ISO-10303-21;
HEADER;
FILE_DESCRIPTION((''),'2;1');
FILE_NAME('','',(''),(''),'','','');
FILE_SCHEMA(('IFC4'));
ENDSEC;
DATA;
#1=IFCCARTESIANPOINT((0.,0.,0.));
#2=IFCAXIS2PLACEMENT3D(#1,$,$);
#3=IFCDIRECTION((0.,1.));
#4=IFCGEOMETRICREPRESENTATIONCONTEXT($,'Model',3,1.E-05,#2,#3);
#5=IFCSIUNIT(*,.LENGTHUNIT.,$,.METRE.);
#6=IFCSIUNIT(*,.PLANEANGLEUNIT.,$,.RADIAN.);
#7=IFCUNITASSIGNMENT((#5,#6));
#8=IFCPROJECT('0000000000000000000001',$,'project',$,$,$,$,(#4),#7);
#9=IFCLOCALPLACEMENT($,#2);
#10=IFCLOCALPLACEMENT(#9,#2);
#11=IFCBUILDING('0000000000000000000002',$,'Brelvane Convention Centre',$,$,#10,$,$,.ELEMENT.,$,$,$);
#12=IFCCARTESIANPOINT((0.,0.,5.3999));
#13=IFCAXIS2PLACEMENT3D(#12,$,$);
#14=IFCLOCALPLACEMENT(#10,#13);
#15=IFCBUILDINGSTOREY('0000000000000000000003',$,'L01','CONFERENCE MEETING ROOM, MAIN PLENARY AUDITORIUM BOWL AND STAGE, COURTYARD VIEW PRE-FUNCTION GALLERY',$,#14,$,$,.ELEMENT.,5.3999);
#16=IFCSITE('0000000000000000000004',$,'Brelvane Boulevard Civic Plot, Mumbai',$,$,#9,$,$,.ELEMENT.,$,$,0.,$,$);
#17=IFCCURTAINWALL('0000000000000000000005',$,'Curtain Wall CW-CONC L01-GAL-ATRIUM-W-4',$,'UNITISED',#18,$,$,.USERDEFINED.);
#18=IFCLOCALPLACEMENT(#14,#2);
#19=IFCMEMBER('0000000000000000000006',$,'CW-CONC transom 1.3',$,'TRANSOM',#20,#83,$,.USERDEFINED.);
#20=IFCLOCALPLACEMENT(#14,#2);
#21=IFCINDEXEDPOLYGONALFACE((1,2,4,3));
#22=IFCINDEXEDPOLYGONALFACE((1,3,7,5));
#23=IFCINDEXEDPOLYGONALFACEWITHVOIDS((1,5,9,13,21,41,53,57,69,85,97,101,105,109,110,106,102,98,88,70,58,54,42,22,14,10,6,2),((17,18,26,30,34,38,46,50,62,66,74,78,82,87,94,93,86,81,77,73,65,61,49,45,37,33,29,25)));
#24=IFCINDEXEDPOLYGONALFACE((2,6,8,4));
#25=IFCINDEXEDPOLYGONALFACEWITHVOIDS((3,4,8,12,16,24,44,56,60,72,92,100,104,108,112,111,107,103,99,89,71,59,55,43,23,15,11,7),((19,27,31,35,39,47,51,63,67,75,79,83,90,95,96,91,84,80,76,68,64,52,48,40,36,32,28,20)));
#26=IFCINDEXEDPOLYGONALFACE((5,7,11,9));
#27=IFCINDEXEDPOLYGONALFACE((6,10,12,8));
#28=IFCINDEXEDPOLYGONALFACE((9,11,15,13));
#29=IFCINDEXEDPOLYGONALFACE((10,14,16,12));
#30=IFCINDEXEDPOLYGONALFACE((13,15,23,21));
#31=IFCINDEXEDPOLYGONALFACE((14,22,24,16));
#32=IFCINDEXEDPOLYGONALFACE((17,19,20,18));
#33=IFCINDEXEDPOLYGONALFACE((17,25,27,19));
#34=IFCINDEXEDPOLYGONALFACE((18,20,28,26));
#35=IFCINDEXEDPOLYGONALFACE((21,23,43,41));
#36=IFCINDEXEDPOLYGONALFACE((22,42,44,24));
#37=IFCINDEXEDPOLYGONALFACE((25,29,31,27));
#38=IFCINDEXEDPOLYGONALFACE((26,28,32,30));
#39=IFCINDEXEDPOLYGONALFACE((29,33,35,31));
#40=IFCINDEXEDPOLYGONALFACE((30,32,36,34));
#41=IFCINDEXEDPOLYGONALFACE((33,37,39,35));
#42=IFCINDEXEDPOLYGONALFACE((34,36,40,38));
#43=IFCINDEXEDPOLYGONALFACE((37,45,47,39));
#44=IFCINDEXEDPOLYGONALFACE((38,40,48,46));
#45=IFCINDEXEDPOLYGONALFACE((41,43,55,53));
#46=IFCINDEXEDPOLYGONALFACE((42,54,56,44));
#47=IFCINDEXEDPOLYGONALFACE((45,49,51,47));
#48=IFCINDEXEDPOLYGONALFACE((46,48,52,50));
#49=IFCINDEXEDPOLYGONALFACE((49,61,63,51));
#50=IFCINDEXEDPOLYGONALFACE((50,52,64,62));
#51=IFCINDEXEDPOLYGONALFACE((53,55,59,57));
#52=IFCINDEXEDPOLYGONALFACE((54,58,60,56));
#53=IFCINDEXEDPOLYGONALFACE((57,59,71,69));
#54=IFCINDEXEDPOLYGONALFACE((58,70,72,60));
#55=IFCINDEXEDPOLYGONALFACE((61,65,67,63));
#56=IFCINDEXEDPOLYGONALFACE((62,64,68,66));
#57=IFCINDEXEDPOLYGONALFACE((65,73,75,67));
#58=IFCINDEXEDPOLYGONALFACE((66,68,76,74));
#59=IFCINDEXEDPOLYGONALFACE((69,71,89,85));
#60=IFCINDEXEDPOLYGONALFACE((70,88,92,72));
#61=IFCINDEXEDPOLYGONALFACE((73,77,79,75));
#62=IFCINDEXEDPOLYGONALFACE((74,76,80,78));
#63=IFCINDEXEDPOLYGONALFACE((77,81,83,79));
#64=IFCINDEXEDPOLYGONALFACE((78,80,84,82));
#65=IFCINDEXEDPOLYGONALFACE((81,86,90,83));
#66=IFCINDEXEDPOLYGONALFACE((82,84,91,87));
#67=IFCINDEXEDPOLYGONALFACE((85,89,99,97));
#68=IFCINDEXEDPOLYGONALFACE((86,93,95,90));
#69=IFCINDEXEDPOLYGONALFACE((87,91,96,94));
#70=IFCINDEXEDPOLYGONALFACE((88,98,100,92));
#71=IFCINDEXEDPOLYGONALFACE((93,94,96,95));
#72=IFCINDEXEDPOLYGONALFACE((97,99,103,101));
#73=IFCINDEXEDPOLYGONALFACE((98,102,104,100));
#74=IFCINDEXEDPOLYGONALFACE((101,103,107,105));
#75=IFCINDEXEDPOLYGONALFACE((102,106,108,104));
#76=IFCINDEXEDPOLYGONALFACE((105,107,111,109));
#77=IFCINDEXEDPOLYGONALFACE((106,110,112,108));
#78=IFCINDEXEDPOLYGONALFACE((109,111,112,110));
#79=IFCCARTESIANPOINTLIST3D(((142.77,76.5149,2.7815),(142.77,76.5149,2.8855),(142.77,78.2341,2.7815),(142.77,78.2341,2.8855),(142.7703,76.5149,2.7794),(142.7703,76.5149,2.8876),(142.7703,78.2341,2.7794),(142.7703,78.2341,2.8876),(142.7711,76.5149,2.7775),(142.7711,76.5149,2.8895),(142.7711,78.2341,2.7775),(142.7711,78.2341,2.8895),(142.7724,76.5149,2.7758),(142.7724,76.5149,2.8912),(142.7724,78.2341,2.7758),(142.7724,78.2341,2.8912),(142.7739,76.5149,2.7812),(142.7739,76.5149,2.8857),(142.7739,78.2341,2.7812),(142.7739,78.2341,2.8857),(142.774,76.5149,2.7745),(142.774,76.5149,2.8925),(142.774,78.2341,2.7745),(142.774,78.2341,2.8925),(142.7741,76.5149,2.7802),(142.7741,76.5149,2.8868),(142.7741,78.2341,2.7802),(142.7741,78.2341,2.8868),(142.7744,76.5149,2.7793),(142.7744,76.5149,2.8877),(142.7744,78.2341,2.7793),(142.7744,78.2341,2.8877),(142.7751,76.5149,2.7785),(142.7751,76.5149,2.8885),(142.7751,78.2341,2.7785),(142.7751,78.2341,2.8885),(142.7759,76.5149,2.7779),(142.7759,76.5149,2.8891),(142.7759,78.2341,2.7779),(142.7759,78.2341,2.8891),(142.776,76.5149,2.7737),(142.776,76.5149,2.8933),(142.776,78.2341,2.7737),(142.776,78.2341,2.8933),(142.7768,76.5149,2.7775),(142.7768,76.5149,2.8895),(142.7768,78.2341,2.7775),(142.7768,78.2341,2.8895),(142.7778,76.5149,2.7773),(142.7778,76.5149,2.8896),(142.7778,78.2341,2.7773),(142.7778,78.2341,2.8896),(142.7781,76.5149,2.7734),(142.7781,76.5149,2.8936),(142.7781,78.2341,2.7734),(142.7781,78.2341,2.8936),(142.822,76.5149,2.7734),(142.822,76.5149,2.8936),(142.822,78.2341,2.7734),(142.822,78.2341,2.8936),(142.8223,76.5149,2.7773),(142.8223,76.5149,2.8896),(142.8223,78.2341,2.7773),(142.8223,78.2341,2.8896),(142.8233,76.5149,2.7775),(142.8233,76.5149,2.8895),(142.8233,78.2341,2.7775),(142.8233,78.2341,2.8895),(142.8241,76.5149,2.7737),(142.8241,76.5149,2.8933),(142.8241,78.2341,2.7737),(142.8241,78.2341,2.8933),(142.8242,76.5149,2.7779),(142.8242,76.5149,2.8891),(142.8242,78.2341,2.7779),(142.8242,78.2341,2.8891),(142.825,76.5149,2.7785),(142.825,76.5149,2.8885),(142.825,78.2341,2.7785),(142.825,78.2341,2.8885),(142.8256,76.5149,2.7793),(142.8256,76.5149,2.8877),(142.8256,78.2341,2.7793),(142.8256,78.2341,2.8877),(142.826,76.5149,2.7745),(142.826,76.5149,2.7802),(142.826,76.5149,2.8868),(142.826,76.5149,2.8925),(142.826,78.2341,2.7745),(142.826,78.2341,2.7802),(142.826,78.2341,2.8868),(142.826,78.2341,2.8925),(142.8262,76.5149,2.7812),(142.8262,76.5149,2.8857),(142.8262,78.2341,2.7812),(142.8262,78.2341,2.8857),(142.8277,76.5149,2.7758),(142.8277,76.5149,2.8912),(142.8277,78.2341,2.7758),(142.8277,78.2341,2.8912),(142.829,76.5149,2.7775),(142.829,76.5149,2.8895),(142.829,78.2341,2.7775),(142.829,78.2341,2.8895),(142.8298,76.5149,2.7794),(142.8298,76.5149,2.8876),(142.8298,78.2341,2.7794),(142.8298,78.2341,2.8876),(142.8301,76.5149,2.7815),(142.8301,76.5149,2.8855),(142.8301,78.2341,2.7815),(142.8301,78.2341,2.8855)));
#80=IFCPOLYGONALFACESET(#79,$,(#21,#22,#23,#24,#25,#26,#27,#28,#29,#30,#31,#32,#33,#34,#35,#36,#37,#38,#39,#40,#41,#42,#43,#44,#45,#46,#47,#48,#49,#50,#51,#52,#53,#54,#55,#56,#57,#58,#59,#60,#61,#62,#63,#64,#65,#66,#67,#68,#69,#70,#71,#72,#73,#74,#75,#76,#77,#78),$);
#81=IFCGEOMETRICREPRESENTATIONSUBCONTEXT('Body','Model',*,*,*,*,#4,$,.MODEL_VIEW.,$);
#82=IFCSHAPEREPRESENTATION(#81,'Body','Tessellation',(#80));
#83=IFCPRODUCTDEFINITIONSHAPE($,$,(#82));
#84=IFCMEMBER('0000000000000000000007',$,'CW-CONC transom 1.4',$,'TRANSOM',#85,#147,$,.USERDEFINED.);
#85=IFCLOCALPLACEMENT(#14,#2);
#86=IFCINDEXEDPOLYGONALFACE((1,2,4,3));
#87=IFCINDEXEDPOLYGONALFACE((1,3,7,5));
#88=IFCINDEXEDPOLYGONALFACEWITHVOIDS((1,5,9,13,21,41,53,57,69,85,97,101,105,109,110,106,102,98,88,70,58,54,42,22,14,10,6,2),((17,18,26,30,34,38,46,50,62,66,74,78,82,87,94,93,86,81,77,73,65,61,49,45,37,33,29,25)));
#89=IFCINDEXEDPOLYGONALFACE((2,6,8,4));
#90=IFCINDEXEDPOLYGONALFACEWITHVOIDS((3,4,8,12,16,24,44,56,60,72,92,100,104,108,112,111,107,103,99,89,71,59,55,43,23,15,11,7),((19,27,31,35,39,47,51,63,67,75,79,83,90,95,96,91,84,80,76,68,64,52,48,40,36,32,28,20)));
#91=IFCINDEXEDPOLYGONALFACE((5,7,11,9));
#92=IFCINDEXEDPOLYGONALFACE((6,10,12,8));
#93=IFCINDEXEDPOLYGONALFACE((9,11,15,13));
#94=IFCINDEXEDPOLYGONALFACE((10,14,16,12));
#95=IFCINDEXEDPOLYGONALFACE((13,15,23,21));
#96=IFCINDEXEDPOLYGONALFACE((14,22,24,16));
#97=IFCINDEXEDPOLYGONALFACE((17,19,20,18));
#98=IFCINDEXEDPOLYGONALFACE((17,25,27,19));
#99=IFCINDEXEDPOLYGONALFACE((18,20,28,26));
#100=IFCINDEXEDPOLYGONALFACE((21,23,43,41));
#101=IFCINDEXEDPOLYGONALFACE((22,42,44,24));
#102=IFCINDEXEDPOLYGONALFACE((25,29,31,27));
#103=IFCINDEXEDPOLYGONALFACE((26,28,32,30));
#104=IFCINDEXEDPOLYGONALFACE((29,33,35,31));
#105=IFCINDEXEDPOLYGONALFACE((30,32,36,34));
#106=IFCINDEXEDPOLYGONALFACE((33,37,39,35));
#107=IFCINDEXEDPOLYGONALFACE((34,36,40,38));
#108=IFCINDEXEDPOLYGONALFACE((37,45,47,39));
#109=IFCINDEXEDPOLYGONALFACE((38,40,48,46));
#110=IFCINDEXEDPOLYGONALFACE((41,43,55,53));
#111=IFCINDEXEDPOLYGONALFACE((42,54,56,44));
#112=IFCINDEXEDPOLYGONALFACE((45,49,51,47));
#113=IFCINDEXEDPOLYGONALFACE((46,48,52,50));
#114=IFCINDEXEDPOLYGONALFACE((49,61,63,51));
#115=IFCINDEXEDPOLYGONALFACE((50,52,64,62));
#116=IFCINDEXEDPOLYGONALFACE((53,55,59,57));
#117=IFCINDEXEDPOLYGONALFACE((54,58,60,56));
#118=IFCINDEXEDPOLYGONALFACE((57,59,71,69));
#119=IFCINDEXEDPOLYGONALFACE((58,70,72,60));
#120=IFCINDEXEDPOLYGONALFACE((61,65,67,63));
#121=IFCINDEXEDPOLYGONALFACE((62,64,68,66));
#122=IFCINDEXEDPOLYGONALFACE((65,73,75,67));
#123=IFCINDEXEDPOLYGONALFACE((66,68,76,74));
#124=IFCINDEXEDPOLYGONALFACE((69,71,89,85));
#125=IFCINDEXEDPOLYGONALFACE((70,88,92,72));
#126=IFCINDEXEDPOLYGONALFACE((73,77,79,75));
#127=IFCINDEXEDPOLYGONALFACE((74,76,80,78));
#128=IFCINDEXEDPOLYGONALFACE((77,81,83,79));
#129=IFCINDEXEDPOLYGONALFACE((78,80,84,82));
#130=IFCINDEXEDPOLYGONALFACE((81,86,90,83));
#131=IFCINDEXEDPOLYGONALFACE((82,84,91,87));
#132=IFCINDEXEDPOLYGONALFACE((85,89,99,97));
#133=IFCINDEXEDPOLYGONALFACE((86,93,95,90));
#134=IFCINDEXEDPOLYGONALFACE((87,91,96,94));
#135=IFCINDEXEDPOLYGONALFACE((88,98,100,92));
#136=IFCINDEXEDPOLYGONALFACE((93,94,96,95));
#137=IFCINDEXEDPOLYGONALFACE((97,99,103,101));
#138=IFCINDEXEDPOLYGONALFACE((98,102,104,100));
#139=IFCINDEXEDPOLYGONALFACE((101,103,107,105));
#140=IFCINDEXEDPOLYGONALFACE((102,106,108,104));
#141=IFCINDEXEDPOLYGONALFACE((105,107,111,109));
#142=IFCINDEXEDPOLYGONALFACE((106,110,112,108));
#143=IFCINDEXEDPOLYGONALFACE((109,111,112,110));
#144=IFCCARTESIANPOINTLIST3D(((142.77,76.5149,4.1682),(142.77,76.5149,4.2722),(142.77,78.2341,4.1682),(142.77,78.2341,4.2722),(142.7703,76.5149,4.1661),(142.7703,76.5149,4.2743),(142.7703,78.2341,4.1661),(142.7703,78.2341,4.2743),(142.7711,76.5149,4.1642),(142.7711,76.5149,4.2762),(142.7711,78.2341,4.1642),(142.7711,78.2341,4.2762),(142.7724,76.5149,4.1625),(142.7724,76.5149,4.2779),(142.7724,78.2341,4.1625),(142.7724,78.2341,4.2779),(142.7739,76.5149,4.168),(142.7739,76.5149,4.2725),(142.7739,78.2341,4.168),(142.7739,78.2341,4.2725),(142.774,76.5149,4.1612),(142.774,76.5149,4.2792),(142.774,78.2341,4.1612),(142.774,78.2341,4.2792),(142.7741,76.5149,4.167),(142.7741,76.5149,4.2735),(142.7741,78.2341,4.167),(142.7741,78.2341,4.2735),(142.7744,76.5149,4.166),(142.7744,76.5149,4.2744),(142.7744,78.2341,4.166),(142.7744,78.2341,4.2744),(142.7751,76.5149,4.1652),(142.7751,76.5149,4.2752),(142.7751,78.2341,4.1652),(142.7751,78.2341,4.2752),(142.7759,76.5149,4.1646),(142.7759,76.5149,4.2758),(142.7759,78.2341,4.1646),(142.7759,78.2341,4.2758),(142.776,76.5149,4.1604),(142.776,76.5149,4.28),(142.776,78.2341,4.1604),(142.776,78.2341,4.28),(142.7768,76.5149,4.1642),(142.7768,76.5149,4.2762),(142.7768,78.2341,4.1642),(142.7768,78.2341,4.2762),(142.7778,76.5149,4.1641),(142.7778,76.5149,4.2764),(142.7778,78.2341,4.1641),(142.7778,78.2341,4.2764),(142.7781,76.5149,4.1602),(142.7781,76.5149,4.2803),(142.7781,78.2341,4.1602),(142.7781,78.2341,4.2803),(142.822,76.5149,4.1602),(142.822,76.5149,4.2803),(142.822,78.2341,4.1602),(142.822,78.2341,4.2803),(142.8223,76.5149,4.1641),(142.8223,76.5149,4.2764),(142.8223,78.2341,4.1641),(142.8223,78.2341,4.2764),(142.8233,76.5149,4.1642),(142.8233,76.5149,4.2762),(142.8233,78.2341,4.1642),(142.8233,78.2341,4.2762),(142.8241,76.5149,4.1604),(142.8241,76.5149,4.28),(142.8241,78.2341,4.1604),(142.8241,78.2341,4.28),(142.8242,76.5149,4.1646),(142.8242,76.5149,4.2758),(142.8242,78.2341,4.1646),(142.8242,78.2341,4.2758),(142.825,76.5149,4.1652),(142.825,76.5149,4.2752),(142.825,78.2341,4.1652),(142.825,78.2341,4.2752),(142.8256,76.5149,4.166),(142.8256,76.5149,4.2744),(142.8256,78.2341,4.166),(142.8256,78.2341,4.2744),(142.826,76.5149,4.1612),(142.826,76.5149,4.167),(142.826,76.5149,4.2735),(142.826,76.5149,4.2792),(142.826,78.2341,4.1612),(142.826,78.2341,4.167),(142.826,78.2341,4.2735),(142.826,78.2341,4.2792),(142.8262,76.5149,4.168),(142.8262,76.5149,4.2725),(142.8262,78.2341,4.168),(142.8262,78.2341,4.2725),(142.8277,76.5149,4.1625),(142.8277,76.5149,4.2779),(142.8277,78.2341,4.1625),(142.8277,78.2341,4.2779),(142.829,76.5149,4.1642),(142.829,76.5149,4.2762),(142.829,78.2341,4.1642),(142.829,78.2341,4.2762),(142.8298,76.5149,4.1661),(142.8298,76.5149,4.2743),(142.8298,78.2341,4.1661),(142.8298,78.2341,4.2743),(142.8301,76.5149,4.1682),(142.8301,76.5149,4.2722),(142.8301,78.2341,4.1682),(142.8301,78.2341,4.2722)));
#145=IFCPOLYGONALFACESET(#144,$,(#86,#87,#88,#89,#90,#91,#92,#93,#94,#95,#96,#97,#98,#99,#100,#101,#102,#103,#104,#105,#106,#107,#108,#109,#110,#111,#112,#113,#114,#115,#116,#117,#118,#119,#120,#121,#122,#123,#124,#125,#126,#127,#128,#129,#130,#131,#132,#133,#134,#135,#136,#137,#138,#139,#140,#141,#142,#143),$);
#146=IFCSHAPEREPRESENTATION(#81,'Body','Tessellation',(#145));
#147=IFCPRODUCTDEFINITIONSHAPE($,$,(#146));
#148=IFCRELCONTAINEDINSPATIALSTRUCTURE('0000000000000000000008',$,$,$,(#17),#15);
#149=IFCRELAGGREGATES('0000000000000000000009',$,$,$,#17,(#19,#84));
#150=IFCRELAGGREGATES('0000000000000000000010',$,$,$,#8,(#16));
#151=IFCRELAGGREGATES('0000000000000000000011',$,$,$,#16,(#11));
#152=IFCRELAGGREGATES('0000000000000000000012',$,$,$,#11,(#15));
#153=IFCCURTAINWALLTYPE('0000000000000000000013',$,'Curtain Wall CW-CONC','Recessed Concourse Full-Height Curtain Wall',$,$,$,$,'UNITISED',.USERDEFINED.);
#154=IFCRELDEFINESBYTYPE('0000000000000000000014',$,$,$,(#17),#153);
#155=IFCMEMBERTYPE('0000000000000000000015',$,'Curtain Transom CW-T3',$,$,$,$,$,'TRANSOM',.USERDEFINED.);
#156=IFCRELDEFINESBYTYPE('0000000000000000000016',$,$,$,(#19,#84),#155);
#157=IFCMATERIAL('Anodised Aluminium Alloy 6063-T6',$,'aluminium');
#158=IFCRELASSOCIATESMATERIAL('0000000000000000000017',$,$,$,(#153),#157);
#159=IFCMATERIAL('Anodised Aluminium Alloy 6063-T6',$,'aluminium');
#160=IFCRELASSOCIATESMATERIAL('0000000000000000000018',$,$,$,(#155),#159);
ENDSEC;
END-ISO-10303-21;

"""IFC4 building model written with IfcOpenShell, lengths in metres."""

from ifc_helpers import new_model, si_unit, direction, frame, origin, origin_2d, place, context, subcontext, project, spatial, hollow_rectangle, extrude, material, material_profile, profile_set, type_object, element, aggregate, save


model = new_model("IFC4")

# Units and contexts
model_context = context("Model", 3, precision=1e-05, world=origin(), true_north=direction((0.0, 1.0)))
body_context = subcontext(model_context, "Body", "Model", "MODEL_VIEW")
ifc_project = project(units=[si_unit("LENGTHUNIT", "METRE"), si_unit("PLANEANGLEUNIT", "RADIAN")], contexts=[model_context])

# Site, building, storey
site_placement = place(None, origin())
site = spatial("IfcSite", under=ifc_project, at=site_placement, Name="Brelvane Boulevard Civic Plot, Mumbai", CompositionType="ELEMENT", RefElevation=0.0)
building_placement = place(site_placement, origin())
building = spatial("IfcBuilding", under=site, at=building_placement, Name="Brelvane Convention Centre", CompositionType="ELEMENT")
storey_placement = place(building_placement, frame((0.0, 0.0, 5.3999)))
storey = spatial("IfcBuildingStorey", under=building, at=storey_placement, Name="L01", Description="CONFERENCE MEETING ROOM, MAIN PLENARY AUDITORIUM BOWL AND STAGE, COURTYARD VIEW PRE-FUNCTION GALLERY", CompositionType="ELEMENT", Elevation=5.3999)

# Curtain wall
ifc_material_1 = material(Name="Anodised Aluminium Alloy 6063-T6", Category="aluminium")
curtain_wall_type = type_object("IfcCurtainWallType", Name="Curtain Wall CW-CONC", Description="Recessed Concourse Full-Height Curtain Wall", ElementType="UNITISED", PredefinedType="USERDEFINED", material=ifc_material_1)
curtain_wall_1_placement = place(storey_placement, origin())
curtain_wall_1 = element("IfcCurtainWall", 1, at=curtain_wall_1_placement, inside=storey, type_object=curtain_wall_type, Name="Curtain Wall CW-CONC L01-GAL-ATRIUM-W-4", ObjectType="UNITISED", PredefinedType="USERDEFINED")

# Members
ifc_material_2 = material(Name="Anodised Aluminium Alloy 6063-T6", Category="aluminium")
ifc_material_profile_1 = material_profile(ifc_material_2, hollow_rectangle(XDim=0.0601, YDim=0.1201, WallThickness=0.0039, InnerFilletRadius=0.0039, OuterFilletRadius=0.0081, at=origin_2d()), Name="ALU-T 120x60x4.0")
ifc_profile_set_1 = profile_set([ifc_material_profile_1], Name="Anodised Aluminium Alloy 6063-T6")
member_type_1 = type_object("IfcMemberType", Name="Curtain Transom CW-T3", ElementType="TRANSOM", PredefinedType="USERDEFINED", material=ifc_profile_set_1)
member_1_placement = place(storey_placement, frame((142.8, 76.5149, 2.8335), z_axis=(0.0, 1.0, 0.0), x_axis=(-1.0, 0.0, 0.0)))
member_1 = element("IfcMember", 2, at=member_1_placement, type_object=member_type_1, Name="CW-CONC transom 1.3", ObjectType="TRANSOM", PredefinedType="USERDEFINED", context=body_context, shape_type="SweptSolid", body=[
    extrude(hollow_rectangle(XDim=0.0601, YDim=0.1201, WallThickness=0.0039, InnerFilletRadius=0.0039, OuterFilletRadius=0.0081, at=origin_2d()), origin(), (0.0, 0.0, 1.0), 1.7192),
])
member_2_placement = place(storey_placement, frame((142.8, 76.5149, 4.2202), z_axis=(0.0, 1.0, 0.0), x_axis=(-1.0, 0.0, 0.0)))
member_2 = element("IfcMember", 3, at=member_2_placement, type_object=member_type_1, Name="CW-CONC transom 1.4", ObjectType="TRANSOM", PredefinedType="USERDEFINED", context=body_context, shape_type="SweptSolid", body=[
    extrude(hollow_rectangle(XDim=0.0601, YDim=0.1201, WallThickness=0.0039, InnerFilletRadius=0.0039, OuterFilletRadius=0.0081, at=origin_2d()), origin(), (0.0, 0.0, 1.0), 1.7192),
])

aggregate(curtain_wall_1, [member_1, member_2])

save(model, "model.ifc")
